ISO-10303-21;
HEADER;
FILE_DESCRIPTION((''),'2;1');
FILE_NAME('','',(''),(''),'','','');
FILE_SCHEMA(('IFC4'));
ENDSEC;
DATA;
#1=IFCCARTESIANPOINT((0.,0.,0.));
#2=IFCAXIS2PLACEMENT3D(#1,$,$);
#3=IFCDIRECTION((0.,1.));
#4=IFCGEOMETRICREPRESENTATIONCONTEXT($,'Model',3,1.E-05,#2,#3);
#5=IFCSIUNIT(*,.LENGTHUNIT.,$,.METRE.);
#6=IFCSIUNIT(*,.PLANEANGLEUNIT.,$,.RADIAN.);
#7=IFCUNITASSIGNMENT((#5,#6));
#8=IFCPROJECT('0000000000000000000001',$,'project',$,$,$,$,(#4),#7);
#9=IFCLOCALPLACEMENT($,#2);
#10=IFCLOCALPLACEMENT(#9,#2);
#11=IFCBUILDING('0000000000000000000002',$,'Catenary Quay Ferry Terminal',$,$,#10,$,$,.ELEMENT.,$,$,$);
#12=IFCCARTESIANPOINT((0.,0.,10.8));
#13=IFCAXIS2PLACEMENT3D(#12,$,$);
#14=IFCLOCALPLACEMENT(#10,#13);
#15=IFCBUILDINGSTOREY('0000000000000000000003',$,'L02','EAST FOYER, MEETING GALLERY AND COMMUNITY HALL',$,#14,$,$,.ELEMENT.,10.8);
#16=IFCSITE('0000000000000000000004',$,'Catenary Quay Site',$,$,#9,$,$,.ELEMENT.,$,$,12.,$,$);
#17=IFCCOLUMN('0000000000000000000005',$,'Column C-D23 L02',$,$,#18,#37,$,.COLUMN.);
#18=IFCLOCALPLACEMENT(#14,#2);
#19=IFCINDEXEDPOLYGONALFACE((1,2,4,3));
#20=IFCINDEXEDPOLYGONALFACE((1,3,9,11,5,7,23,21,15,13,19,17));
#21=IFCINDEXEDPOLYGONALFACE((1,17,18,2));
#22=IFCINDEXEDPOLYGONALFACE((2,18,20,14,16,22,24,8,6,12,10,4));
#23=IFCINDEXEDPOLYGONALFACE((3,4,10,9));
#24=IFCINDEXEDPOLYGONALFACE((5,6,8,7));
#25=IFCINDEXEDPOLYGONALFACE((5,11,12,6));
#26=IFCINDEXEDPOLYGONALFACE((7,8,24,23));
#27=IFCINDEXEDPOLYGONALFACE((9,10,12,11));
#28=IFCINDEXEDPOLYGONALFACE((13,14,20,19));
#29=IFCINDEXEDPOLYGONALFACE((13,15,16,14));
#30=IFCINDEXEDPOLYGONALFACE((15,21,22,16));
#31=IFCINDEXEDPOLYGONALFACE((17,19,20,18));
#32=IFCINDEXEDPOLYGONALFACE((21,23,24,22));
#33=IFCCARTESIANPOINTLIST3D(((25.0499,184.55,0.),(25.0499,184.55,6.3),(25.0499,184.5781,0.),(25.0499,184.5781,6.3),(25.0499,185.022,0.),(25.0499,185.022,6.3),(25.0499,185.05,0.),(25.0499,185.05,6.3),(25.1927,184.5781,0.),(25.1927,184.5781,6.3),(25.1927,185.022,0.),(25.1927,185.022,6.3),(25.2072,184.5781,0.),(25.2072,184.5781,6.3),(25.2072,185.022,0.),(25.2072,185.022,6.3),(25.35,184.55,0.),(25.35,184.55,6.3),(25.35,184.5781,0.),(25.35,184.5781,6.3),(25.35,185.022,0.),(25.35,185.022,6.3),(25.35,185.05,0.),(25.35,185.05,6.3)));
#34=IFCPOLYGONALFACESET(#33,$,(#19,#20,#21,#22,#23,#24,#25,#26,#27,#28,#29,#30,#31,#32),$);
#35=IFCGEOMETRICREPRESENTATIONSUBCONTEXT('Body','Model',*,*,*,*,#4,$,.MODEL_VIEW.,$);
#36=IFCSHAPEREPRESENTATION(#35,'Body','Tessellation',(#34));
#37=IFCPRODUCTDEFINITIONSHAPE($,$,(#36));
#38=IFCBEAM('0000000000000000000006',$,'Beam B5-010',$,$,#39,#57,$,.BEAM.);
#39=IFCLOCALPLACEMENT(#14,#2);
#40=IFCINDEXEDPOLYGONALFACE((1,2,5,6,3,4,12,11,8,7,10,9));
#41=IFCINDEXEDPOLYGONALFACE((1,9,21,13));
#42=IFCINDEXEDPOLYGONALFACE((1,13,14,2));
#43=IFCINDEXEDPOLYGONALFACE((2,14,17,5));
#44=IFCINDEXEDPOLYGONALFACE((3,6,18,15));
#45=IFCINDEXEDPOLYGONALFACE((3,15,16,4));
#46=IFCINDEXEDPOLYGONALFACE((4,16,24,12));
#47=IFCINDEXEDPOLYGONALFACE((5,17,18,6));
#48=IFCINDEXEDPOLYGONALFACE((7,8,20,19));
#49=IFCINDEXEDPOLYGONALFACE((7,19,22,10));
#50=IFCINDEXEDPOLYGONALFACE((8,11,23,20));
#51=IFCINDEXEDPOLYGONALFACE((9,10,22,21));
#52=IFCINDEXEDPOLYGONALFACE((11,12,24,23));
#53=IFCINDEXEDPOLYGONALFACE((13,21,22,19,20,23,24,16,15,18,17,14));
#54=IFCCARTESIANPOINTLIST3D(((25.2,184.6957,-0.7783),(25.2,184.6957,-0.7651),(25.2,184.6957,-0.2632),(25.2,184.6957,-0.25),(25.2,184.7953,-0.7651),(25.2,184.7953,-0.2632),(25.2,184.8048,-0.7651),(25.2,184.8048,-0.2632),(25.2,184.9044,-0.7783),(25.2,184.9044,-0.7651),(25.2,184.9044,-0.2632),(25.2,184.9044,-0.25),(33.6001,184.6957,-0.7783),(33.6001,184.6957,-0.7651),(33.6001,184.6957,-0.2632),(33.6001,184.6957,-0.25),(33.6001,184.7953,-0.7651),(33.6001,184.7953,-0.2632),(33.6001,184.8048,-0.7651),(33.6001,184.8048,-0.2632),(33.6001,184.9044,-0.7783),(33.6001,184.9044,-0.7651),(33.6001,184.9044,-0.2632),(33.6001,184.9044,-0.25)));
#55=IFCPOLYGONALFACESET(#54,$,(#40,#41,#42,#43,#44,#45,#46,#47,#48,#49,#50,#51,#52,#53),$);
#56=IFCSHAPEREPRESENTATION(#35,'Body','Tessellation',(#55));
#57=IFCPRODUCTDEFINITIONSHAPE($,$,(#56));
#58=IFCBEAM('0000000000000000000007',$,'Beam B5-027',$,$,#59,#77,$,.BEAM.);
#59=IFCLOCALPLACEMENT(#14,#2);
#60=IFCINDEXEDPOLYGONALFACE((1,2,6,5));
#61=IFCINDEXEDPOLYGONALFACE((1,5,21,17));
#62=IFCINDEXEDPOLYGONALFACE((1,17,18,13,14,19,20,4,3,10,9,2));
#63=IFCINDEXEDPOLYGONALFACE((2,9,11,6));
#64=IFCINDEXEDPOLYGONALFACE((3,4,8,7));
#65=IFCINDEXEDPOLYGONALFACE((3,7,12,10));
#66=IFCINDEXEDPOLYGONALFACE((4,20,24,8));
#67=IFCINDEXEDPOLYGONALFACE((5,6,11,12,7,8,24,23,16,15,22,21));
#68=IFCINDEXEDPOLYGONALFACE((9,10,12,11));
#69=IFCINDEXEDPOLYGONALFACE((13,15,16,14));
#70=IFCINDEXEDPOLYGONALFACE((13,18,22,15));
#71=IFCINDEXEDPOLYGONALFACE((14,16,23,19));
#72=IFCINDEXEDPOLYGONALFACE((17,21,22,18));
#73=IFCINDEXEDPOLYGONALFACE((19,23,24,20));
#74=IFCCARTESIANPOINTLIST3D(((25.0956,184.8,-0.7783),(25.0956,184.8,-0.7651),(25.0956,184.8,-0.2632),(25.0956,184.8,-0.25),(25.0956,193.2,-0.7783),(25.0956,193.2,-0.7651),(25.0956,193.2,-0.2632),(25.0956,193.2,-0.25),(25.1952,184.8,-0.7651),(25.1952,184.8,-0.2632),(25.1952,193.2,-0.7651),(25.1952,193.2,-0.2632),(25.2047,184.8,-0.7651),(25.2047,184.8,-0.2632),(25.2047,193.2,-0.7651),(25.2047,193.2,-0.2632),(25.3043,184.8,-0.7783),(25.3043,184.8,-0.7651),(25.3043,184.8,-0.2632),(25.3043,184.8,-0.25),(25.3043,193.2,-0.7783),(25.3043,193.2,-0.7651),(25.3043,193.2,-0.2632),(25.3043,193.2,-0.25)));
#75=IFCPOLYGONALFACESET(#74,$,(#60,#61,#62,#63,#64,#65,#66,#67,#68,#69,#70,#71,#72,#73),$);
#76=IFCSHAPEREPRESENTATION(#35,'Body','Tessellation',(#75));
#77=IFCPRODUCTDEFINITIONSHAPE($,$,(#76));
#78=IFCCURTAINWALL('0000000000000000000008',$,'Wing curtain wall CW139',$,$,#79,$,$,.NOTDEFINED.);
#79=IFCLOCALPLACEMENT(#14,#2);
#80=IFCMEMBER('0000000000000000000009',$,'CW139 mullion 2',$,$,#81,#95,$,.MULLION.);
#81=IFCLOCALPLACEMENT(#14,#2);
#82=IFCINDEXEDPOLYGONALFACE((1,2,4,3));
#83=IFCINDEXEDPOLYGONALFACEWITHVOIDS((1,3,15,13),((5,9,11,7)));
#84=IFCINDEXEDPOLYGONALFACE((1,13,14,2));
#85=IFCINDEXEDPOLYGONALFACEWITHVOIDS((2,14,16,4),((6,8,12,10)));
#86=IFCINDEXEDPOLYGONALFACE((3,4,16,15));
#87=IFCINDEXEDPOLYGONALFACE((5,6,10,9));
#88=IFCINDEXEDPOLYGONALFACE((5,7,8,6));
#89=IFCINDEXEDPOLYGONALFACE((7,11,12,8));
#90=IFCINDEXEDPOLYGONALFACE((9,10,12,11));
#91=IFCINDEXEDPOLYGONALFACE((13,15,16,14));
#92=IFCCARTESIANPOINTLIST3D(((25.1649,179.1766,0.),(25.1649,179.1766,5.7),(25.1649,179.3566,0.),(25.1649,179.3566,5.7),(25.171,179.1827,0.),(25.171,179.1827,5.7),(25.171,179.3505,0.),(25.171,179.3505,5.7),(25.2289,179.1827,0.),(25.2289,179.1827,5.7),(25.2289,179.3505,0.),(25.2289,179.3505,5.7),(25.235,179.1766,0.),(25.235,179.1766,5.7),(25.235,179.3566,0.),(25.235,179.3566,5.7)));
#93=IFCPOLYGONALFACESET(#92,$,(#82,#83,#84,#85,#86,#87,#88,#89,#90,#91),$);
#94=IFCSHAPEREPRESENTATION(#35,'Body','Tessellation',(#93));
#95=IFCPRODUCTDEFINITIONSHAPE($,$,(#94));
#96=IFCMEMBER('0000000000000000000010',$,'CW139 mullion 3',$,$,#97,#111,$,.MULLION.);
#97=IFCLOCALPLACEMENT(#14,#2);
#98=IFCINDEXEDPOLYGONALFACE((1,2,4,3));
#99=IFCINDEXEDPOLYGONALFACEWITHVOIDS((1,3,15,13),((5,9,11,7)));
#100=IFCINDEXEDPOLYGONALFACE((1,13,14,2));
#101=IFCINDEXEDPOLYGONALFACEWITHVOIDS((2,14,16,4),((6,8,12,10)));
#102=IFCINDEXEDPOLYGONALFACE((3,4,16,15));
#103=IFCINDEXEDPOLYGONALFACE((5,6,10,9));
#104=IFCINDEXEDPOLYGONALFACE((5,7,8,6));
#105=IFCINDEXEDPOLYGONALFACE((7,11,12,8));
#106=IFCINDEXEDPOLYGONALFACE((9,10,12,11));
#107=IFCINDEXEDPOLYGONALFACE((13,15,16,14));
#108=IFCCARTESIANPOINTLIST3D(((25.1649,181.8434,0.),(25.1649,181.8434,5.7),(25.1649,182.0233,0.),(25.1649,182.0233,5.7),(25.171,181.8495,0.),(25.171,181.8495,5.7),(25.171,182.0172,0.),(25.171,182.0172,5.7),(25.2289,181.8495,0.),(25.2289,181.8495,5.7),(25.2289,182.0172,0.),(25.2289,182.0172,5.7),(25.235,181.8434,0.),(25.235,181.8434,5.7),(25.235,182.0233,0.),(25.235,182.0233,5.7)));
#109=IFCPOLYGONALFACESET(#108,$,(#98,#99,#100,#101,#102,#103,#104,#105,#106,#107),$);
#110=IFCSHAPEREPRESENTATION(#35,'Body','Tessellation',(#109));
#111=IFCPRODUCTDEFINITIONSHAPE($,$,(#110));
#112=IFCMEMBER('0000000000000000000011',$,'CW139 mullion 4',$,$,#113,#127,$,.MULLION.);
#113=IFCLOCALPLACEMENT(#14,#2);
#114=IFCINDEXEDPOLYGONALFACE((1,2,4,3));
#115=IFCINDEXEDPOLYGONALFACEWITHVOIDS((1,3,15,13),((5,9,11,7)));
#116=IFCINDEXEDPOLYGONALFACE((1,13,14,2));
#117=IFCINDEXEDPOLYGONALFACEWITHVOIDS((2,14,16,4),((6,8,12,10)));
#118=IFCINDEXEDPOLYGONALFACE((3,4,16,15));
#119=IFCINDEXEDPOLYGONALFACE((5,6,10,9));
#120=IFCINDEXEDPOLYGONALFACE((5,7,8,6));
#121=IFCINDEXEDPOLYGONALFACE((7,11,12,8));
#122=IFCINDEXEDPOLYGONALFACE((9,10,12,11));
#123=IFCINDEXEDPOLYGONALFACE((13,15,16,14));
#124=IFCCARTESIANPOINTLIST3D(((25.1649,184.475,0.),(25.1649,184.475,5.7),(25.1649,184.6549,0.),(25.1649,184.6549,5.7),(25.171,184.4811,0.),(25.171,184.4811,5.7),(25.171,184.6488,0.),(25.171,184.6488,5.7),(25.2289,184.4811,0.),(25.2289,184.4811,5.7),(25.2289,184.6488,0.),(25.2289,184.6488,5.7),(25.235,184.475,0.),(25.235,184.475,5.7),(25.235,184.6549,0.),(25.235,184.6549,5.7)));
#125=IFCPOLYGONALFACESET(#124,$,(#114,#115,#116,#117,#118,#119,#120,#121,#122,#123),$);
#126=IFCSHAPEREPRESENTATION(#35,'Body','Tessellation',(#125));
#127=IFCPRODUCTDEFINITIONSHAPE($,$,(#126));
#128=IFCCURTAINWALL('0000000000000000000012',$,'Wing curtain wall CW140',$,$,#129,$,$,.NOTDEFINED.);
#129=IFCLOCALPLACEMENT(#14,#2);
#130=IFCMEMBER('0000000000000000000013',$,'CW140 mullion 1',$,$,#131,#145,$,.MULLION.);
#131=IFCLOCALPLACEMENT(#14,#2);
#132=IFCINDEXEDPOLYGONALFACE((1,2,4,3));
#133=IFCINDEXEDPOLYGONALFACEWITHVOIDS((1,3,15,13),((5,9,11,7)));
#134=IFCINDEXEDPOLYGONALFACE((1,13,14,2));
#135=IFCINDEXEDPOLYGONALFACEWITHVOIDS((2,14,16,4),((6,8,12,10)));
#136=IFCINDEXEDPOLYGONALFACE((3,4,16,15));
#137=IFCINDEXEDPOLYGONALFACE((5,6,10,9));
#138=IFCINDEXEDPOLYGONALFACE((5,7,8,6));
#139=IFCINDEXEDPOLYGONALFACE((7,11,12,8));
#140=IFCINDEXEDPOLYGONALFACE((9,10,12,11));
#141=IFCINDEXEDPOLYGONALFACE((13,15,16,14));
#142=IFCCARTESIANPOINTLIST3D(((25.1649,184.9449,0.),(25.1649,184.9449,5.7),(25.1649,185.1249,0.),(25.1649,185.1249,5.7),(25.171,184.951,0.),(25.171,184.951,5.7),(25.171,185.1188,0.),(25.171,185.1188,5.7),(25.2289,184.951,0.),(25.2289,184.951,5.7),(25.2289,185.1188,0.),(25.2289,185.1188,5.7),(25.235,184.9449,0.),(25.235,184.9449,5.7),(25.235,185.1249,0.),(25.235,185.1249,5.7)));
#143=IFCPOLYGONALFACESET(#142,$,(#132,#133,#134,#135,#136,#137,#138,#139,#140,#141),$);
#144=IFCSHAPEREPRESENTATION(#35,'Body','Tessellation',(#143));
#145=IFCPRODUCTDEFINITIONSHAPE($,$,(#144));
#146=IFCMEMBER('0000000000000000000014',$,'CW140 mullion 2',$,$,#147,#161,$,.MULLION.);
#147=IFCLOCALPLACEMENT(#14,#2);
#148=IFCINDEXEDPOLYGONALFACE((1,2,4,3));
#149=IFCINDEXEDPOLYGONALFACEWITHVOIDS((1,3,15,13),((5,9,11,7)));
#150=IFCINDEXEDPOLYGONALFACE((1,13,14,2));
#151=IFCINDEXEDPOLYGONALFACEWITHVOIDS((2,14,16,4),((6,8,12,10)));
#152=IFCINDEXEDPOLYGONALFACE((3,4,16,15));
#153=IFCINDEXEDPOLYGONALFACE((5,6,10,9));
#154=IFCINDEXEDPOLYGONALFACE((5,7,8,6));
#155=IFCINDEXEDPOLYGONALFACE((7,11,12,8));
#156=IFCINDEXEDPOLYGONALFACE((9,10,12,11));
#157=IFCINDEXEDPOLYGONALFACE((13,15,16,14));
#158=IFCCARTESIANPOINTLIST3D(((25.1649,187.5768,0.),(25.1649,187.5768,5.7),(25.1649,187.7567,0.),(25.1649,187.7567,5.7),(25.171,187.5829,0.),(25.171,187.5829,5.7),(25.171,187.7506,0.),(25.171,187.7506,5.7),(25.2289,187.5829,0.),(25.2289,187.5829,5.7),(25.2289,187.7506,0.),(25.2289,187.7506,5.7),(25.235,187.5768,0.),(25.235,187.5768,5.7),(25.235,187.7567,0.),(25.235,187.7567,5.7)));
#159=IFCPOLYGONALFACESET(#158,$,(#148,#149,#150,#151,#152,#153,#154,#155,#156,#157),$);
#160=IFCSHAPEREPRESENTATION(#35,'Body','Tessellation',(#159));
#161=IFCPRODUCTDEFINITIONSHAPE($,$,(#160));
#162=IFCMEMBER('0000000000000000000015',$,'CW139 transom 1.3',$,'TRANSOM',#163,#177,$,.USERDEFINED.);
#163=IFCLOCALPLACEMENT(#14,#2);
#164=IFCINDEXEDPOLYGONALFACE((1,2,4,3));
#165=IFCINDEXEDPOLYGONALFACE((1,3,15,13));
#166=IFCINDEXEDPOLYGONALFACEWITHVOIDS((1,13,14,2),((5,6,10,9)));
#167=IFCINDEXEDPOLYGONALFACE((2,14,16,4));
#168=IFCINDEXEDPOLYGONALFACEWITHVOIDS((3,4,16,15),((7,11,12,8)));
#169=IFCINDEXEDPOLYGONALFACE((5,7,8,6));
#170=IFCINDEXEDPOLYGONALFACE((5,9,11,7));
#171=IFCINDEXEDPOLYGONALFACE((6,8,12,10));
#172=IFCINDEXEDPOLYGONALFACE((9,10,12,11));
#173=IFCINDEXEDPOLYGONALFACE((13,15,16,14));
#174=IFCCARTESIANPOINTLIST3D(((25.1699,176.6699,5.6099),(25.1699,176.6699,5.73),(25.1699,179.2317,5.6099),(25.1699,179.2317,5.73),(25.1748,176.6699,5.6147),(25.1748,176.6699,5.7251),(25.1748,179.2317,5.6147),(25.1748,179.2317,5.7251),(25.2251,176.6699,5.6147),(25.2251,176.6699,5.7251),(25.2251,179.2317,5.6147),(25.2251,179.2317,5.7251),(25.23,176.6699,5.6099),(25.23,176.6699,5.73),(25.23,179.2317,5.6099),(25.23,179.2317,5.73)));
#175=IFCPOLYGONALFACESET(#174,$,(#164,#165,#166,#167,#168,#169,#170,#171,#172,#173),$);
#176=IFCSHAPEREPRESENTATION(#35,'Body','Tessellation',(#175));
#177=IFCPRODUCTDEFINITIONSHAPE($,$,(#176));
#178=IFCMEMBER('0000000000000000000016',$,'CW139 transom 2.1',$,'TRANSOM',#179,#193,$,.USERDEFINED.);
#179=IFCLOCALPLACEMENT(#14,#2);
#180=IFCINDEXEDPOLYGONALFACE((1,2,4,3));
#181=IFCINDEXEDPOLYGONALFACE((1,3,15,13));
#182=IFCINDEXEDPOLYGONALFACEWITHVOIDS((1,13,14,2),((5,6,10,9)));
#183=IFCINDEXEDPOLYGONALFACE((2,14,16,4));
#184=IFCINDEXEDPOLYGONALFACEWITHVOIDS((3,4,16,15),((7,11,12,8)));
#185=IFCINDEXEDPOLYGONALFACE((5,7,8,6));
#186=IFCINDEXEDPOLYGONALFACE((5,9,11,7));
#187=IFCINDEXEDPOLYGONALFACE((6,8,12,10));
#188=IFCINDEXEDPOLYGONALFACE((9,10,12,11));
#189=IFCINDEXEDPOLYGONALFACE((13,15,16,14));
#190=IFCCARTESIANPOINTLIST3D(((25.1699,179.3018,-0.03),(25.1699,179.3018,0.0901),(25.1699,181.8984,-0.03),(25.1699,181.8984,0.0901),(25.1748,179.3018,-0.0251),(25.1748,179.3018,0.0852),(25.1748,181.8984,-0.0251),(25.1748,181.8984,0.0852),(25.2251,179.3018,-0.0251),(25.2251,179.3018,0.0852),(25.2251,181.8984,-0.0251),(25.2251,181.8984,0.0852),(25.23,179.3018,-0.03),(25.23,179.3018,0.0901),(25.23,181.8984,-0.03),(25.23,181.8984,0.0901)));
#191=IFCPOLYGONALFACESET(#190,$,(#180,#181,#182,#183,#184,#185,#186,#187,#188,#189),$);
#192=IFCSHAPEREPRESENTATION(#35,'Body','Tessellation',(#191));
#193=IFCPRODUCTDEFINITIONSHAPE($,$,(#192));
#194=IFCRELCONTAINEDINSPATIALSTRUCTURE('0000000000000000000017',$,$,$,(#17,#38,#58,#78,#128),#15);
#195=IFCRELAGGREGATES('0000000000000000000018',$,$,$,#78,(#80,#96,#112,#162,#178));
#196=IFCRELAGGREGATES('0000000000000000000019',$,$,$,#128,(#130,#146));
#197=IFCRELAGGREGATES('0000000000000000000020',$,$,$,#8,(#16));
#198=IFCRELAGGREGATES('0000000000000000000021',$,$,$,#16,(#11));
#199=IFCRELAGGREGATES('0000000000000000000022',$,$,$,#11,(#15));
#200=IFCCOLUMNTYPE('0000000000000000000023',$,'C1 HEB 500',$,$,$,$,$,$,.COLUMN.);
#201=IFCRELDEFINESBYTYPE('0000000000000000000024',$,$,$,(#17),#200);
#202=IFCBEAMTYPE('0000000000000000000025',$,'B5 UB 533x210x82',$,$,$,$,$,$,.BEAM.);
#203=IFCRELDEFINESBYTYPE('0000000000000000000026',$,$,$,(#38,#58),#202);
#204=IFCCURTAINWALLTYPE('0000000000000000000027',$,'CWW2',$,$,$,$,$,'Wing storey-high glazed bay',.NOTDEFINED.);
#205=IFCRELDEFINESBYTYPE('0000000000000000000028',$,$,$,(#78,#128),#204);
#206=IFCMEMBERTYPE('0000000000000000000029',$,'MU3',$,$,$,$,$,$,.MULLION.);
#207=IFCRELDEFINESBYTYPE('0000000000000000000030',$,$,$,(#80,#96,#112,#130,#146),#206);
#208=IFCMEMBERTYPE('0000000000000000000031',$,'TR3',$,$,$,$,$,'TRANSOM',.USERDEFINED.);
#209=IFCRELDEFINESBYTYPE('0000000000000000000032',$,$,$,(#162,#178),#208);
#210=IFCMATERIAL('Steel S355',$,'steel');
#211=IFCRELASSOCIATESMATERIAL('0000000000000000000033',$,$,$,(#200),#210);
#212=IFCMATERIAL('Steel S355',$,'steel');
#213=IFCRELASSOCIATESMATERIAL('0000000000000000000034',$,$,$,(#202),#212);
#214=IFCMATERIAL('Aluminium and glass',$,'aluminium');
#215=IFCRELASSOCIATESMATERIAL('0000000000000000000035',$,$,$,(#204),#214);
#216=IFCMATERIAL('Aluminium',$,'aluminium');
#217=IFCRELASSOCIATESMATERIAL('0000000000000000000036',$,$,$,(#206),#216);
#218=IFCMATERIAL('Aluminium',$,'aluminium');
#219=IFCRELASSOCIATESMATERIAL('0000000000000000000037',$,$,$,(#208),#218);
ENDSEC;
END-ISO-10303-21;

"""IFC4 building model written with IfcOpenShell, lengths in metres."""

from ifc_helpers import new_model, si_unit, direction, frame, origin, origin_2d, place, context, subcontext, project, spatial, hollow_rectangle, i_section, extrude, material, material_profile, profile_set, type_object, element, aggregate, save


model = new_model("IFC4")

# Units and contexts
model_context = context("Model", 3, precision=1e-05, world=origin(), true_north=direction((0.0, 1.0)))
body_context = subcontext(model_context, "Body", "Model", "MODEL_VIEW")
ifc_project = project(units=[si_unit("LENGTHUNIT", "METRE"), si_unit("PLANEANGLEUNIT", "RADIAN")], contexts=[model_context])

# Site, building, storey
site_placement = place(None, origin())
site = spatial("IfcSite", under=ifc_project, at=site_placement, Name="Catenary Quay Site", CompositionType="ELEMENT", RefElevation=12.0)
building_placement = place(site_placement, origin())
building = spatial("IfcBuilding", under=site, at=building_placement, Name="Catenary Quay Ferry Terminal", CompositionType="ELEMENT")
storey_placement = place(building_placement, frame((0.0, 0.0, 10.8)))
storey = spatial("IfcBuildingStorey", under=building, at=storey_placement, Name="L02", Description="EAST FOYER, MEETING GALLERY AND COMMUNITY HALL", CompositionType="ELEMENT", Elevation=10.8)

# Column
ifc_material_1 = material(Name="Steel S355", Category="steel")
ifc_material_profile_1 = material_profile(ifc_material_1, i_section(OverallWidth=0.3, OverallDepth=0.5, WebThickness=0.0144, FlangeThickness=0.0281, at=origin_2d()), Name="HEB 500")
ifc_profile_set_1 = profile_set([ifc_material_profile_1], Name="Steel S355")
column_type = type_object("IfcColumnType", Name="C1 HEB 500", PredefinedType="COLUMN", material=ifc_profile_set_1)
column_placement = place(storey_placement, frame((25.2, 184.8, 0.0), z_axis=(0.0, 0.0, 1.0), x_axis=(1.0, 0.0, 0.0)))
element("IfcColumn", 1, at=column_placement, inside=storey, type_object=column_type, Name="Column C-D23 L02", PredefinedType="COLUMN", context=body_context, shape_type="SweptSolid", body=[
    extrude(i_section(OverallWidth=0.3, OverallDepth=0.5, WebThickness=0.0144, FlangeThickness=0.0281, at=origin_2d()), origin(), (0.0, 0.0, 1.0), 6.3),
])

# Beams
ifc_material_2 = material(Name="Steel S355", Category="steel")
ifc_material_profile_2 = material_profile(ifc_material_2, i_section(OverallWidth=0.2087, OverallDepth=0.5283, WebThickness=0.0095, FlangeThickness=0.0132, at=origin_2d()), Name="UB 533x210x82")
ifc_profile_set_2 = profile_set([ifc_material_profile_2], Name="Steel S355")
beam_type = type_object("IfcBeamType", Name="B5 UB 533x210x82", PredefinedType="BEAM", material=ifc_profile_set_2)
beam_1_placement = place(storey_placement, frame((25.2, 184.8, -0.5142), z_axis=(1.0, 0.0, 0.0), x_axis=(0.0, 1.0, 0.0)))
element("IfcBeam", 2, at=beam_1_placement, inside=storey, type_object=beam_type, Name="Beam B5-010", PredefinedType="BEAM", context=body_context, shape_type="SweptSolid", body=[
    extrude(i_section(OverallWidth=0.2087, OverallDepth=0.5283, WebThickness=0.0095, FlangeThickness=0.0132, at=origin_2d()), origin(), (0.0, 0.0, 1.0), 8.4001),
])
beam_2_placement = place(storey_placement, frame((25.2, 184.8, -0.5142), z_axis=(0.0, 1.0, 0.0), x_axis=(-1.0, 0.0, 0.0)))
element("IfcBeam", 3, at=beam_2_placement, inside=storey, type_object=beam_type, Name="Beam B5-027", PredefinedType="BEAM", context=body_context, shape_type="SweptSolid", body=[
    extrude(i_section(OverallWidth=0.2087, OverallDepth=0.5283, WebThickness=0.0095, FlangeThickness=0.0132, at=origin_2d()), origin(), (0.0, 0.0, 1.0), 8.3999),
])

# Curtain walls, members
ifc_material_3 = material(Name="Aluminium and glass", Category="aluminium")
curtain_wall_type = type_object("IfcCurtainWallType", Name="CWW2", ElementType="Wing storey-high glazed bay", PredefinedType="NOTDEFINED", material=ifc_material_3)
curtain_wall_1_placement = place(storey_placement, origin())
curtain_wall_1 = element("IfcCurtainWall", 4, at=curtain_wall_1_placement, inside=storey, type_object=curtain_wall_type, Name="Wing curtain wall CW139", PredefinedType="NOTDEFINED")
ifc_material_4 = material(Name="Aluminium", Category="aluminium")
ifc_material_profile_3 = material_profile(ifc_material_4, hollow_rectangle(XDim=0.0701, YDim=0.1799, WallThickness=0.0061, at=origin_2d()), Name="MU3")
ifc_profile_set_3 = profile_set([ifc_material_profile_3], Name="Aluminium")
member_type_1 = type_object("IfcMemberType", Name="MU3", PredefinedType="MULLION", material=ifc_profile_set_3)
member_1_placement = place(storey_placement, frame((25.2, 179.2666, 0.0), z_axis=(0.0, 0.0, 1.0), x_axis=(-1.0, 0.0, 0.0)))
member_1 = element("IfcMember", 5, at=member_1_placement, type_object=member_type_1, Name="CW139 mullion 2", PredefinedType="MULLION", context=body_context, shape_type="SweptSolid", body=[
    extrude(hollow_rectangle(XDim=0.0701, YDim=0.1799, WallThickness=0.0061, at=origin_2d()), origin(), (0.0, 0.0, 1.0), 5.7),
])
member_2_placement = place(storey_placement, frame((25.2, 181.9333, 0.0), z_axis=(0.0, 0.0, 1.0), x_axis=(-1.0, 0.0, 0.0)))
member_2 = element("IfcMember", 6, at=member_2_placement, type_object=member_type_1, Name="CW139 mullion 3", PredefinedType="MULLION", context=body_context, shape_type="SweptSolid", body=[
    extrude(hollow_rectangle(XDim=0.0701, YDim=0.1799, WallThickness=0.0061, at=origin_2d()), origin(), (0.0, 0.0, 1.0), 5.7),
])
member_3_placement = place(storey_placement, frame((25.2, 184.5649, 0.0), z_axis=(0.0, 0.0, 1.0), x_axis=(-1.0, 0.0, 0.0)))
member_3 = element("IfcMember", 7, at=member_3_placement, type_object=member_type_1, Name="CW139 mullion 4", PredefinedType="MULLION", context=body_context, shape_type="SweptSolid", body=[
    extrude(hollow_rectangle(XDim=0.0701, YDim=0.1799, WallThickness=0.0061, at=origin_2d()), origin(), (0.0, 0.0, 1.0), 5.7),
])
curtain_wall_2_placement = place(storey_placement, origin())
curtain_wall_2 = element("IfcCurtainWall", 8, at=curtain_wall_2_placement, inside=storey, type_object=curtain_wall_type, Name="Wing curtain wall CW140", PredefinedType="NOTDEFINED")
member_4_placement = place(storey_placement, frame((25.2, 185.0349, 0.0), z_axis=(0.0, 0.0, 1.0), x_axis=(-1.0, 0.0, 0.0)))
member_4 = element("IfcMember", 9, at=member_4_placement, type_object=member_type_1, Name="CW140 mullion 1", PredefinedType="MULLION", context=body_context, shape_type="SweptSolid", body=[
    extrude(hollow_rectangle(XDim=0.0701, YDim=0.1799, WallThickness=0.0061, at=origin_2d()), origin(), (0.0, 0.0, 1.0), 5.7),
])
member_5_placement = place(storey_placement, frame((25.2, 187.6667, 0.0), z_axis=(0.0, 0.0, 1.0), x_axis=(-1.0, 0.0, 0.0)))
member_5 = element("IfcMember", 10, at=member_5_placement, type_object=member_type_1, Name="CW140 mullion 2", PredefinedType="MULLION", context=body_context, shape_type="SweptSolid", body=[
    extrude(hollow_rectangle(XDim=0.0701, YDim=0.1799, WallThickness=0.0061, at=origin_2d()), origin(), (0.0, 0.0, 1.0), 5.7),
])

# Members
ifc_material_5 = material(Name="Aluminium", Category="aluminium")
ifc_material_profile_4 = material_profile(ifc_material_5, hollow_rectangle(XDim=0.0601, YDim=0.1201, WallThickness=0.0049, at=origin_2d()), Name="TR3")
ifc_profile_set_4 = profile_set([ifc_material_profile_4], Name="Aluminium")
member_type_2 = type_object("IfcMemberType", Name="TR3", ElementType="TRANSOM", PredefinedType="USERDEFINED", material=ifc_profile_set_4)
member_6_placement = place(storey_placement, frame((25.2, 176.6699, 5.6699), z_axis=(0.0, 1.0, 0.0), x_axis=(-1.0, 0.0, 0.0)))
member_6 = element("IfcMember", 11, at=member_6_placement, type_object=member_type_2, Name="CW139 transom 1.3", ObjectType="TRANSOM", PredefinedType="USERDEFINED", context=body_context, shape_type="SweptSolid", body=[
    extrude(hollow_rectangle(XDim=0.0601, YDim=0.1201, WallThickness=0.0049, at=origin_2d()), origin(), (0.0, 0.0, 1.0), 2.5618),
])
member_7_placement = place(storey_placement, frame((25.2, 179.3018, 0.03), z_axis=(0.0, 1.0, 0.0), x_axis=(-1.0, 0.0, 0.0)))
member_7 = element("IfcMember", 12, at=member_7_placement, type_object=member_type_2, Name="CW139 transom 2.1", ObjectType="TRANSOM", PredefinedType="USERDEFINED", context=body_context, shape_type="SweptSolid", body=[
    extrude(hollow_rectangle(XDim=0.0601, YDim=0.1201, WallThickness=0.0049, at=origin_2d()), origin(), (0.0, 0.0, 1.0), 2.5967),
])

aggregate(curtain_wall_1, [member_1, member_2, member_3, member_6, member_7])
aggregate(curtain_wall_2, [member_4, member_5])

save(model, "model.ifc")
